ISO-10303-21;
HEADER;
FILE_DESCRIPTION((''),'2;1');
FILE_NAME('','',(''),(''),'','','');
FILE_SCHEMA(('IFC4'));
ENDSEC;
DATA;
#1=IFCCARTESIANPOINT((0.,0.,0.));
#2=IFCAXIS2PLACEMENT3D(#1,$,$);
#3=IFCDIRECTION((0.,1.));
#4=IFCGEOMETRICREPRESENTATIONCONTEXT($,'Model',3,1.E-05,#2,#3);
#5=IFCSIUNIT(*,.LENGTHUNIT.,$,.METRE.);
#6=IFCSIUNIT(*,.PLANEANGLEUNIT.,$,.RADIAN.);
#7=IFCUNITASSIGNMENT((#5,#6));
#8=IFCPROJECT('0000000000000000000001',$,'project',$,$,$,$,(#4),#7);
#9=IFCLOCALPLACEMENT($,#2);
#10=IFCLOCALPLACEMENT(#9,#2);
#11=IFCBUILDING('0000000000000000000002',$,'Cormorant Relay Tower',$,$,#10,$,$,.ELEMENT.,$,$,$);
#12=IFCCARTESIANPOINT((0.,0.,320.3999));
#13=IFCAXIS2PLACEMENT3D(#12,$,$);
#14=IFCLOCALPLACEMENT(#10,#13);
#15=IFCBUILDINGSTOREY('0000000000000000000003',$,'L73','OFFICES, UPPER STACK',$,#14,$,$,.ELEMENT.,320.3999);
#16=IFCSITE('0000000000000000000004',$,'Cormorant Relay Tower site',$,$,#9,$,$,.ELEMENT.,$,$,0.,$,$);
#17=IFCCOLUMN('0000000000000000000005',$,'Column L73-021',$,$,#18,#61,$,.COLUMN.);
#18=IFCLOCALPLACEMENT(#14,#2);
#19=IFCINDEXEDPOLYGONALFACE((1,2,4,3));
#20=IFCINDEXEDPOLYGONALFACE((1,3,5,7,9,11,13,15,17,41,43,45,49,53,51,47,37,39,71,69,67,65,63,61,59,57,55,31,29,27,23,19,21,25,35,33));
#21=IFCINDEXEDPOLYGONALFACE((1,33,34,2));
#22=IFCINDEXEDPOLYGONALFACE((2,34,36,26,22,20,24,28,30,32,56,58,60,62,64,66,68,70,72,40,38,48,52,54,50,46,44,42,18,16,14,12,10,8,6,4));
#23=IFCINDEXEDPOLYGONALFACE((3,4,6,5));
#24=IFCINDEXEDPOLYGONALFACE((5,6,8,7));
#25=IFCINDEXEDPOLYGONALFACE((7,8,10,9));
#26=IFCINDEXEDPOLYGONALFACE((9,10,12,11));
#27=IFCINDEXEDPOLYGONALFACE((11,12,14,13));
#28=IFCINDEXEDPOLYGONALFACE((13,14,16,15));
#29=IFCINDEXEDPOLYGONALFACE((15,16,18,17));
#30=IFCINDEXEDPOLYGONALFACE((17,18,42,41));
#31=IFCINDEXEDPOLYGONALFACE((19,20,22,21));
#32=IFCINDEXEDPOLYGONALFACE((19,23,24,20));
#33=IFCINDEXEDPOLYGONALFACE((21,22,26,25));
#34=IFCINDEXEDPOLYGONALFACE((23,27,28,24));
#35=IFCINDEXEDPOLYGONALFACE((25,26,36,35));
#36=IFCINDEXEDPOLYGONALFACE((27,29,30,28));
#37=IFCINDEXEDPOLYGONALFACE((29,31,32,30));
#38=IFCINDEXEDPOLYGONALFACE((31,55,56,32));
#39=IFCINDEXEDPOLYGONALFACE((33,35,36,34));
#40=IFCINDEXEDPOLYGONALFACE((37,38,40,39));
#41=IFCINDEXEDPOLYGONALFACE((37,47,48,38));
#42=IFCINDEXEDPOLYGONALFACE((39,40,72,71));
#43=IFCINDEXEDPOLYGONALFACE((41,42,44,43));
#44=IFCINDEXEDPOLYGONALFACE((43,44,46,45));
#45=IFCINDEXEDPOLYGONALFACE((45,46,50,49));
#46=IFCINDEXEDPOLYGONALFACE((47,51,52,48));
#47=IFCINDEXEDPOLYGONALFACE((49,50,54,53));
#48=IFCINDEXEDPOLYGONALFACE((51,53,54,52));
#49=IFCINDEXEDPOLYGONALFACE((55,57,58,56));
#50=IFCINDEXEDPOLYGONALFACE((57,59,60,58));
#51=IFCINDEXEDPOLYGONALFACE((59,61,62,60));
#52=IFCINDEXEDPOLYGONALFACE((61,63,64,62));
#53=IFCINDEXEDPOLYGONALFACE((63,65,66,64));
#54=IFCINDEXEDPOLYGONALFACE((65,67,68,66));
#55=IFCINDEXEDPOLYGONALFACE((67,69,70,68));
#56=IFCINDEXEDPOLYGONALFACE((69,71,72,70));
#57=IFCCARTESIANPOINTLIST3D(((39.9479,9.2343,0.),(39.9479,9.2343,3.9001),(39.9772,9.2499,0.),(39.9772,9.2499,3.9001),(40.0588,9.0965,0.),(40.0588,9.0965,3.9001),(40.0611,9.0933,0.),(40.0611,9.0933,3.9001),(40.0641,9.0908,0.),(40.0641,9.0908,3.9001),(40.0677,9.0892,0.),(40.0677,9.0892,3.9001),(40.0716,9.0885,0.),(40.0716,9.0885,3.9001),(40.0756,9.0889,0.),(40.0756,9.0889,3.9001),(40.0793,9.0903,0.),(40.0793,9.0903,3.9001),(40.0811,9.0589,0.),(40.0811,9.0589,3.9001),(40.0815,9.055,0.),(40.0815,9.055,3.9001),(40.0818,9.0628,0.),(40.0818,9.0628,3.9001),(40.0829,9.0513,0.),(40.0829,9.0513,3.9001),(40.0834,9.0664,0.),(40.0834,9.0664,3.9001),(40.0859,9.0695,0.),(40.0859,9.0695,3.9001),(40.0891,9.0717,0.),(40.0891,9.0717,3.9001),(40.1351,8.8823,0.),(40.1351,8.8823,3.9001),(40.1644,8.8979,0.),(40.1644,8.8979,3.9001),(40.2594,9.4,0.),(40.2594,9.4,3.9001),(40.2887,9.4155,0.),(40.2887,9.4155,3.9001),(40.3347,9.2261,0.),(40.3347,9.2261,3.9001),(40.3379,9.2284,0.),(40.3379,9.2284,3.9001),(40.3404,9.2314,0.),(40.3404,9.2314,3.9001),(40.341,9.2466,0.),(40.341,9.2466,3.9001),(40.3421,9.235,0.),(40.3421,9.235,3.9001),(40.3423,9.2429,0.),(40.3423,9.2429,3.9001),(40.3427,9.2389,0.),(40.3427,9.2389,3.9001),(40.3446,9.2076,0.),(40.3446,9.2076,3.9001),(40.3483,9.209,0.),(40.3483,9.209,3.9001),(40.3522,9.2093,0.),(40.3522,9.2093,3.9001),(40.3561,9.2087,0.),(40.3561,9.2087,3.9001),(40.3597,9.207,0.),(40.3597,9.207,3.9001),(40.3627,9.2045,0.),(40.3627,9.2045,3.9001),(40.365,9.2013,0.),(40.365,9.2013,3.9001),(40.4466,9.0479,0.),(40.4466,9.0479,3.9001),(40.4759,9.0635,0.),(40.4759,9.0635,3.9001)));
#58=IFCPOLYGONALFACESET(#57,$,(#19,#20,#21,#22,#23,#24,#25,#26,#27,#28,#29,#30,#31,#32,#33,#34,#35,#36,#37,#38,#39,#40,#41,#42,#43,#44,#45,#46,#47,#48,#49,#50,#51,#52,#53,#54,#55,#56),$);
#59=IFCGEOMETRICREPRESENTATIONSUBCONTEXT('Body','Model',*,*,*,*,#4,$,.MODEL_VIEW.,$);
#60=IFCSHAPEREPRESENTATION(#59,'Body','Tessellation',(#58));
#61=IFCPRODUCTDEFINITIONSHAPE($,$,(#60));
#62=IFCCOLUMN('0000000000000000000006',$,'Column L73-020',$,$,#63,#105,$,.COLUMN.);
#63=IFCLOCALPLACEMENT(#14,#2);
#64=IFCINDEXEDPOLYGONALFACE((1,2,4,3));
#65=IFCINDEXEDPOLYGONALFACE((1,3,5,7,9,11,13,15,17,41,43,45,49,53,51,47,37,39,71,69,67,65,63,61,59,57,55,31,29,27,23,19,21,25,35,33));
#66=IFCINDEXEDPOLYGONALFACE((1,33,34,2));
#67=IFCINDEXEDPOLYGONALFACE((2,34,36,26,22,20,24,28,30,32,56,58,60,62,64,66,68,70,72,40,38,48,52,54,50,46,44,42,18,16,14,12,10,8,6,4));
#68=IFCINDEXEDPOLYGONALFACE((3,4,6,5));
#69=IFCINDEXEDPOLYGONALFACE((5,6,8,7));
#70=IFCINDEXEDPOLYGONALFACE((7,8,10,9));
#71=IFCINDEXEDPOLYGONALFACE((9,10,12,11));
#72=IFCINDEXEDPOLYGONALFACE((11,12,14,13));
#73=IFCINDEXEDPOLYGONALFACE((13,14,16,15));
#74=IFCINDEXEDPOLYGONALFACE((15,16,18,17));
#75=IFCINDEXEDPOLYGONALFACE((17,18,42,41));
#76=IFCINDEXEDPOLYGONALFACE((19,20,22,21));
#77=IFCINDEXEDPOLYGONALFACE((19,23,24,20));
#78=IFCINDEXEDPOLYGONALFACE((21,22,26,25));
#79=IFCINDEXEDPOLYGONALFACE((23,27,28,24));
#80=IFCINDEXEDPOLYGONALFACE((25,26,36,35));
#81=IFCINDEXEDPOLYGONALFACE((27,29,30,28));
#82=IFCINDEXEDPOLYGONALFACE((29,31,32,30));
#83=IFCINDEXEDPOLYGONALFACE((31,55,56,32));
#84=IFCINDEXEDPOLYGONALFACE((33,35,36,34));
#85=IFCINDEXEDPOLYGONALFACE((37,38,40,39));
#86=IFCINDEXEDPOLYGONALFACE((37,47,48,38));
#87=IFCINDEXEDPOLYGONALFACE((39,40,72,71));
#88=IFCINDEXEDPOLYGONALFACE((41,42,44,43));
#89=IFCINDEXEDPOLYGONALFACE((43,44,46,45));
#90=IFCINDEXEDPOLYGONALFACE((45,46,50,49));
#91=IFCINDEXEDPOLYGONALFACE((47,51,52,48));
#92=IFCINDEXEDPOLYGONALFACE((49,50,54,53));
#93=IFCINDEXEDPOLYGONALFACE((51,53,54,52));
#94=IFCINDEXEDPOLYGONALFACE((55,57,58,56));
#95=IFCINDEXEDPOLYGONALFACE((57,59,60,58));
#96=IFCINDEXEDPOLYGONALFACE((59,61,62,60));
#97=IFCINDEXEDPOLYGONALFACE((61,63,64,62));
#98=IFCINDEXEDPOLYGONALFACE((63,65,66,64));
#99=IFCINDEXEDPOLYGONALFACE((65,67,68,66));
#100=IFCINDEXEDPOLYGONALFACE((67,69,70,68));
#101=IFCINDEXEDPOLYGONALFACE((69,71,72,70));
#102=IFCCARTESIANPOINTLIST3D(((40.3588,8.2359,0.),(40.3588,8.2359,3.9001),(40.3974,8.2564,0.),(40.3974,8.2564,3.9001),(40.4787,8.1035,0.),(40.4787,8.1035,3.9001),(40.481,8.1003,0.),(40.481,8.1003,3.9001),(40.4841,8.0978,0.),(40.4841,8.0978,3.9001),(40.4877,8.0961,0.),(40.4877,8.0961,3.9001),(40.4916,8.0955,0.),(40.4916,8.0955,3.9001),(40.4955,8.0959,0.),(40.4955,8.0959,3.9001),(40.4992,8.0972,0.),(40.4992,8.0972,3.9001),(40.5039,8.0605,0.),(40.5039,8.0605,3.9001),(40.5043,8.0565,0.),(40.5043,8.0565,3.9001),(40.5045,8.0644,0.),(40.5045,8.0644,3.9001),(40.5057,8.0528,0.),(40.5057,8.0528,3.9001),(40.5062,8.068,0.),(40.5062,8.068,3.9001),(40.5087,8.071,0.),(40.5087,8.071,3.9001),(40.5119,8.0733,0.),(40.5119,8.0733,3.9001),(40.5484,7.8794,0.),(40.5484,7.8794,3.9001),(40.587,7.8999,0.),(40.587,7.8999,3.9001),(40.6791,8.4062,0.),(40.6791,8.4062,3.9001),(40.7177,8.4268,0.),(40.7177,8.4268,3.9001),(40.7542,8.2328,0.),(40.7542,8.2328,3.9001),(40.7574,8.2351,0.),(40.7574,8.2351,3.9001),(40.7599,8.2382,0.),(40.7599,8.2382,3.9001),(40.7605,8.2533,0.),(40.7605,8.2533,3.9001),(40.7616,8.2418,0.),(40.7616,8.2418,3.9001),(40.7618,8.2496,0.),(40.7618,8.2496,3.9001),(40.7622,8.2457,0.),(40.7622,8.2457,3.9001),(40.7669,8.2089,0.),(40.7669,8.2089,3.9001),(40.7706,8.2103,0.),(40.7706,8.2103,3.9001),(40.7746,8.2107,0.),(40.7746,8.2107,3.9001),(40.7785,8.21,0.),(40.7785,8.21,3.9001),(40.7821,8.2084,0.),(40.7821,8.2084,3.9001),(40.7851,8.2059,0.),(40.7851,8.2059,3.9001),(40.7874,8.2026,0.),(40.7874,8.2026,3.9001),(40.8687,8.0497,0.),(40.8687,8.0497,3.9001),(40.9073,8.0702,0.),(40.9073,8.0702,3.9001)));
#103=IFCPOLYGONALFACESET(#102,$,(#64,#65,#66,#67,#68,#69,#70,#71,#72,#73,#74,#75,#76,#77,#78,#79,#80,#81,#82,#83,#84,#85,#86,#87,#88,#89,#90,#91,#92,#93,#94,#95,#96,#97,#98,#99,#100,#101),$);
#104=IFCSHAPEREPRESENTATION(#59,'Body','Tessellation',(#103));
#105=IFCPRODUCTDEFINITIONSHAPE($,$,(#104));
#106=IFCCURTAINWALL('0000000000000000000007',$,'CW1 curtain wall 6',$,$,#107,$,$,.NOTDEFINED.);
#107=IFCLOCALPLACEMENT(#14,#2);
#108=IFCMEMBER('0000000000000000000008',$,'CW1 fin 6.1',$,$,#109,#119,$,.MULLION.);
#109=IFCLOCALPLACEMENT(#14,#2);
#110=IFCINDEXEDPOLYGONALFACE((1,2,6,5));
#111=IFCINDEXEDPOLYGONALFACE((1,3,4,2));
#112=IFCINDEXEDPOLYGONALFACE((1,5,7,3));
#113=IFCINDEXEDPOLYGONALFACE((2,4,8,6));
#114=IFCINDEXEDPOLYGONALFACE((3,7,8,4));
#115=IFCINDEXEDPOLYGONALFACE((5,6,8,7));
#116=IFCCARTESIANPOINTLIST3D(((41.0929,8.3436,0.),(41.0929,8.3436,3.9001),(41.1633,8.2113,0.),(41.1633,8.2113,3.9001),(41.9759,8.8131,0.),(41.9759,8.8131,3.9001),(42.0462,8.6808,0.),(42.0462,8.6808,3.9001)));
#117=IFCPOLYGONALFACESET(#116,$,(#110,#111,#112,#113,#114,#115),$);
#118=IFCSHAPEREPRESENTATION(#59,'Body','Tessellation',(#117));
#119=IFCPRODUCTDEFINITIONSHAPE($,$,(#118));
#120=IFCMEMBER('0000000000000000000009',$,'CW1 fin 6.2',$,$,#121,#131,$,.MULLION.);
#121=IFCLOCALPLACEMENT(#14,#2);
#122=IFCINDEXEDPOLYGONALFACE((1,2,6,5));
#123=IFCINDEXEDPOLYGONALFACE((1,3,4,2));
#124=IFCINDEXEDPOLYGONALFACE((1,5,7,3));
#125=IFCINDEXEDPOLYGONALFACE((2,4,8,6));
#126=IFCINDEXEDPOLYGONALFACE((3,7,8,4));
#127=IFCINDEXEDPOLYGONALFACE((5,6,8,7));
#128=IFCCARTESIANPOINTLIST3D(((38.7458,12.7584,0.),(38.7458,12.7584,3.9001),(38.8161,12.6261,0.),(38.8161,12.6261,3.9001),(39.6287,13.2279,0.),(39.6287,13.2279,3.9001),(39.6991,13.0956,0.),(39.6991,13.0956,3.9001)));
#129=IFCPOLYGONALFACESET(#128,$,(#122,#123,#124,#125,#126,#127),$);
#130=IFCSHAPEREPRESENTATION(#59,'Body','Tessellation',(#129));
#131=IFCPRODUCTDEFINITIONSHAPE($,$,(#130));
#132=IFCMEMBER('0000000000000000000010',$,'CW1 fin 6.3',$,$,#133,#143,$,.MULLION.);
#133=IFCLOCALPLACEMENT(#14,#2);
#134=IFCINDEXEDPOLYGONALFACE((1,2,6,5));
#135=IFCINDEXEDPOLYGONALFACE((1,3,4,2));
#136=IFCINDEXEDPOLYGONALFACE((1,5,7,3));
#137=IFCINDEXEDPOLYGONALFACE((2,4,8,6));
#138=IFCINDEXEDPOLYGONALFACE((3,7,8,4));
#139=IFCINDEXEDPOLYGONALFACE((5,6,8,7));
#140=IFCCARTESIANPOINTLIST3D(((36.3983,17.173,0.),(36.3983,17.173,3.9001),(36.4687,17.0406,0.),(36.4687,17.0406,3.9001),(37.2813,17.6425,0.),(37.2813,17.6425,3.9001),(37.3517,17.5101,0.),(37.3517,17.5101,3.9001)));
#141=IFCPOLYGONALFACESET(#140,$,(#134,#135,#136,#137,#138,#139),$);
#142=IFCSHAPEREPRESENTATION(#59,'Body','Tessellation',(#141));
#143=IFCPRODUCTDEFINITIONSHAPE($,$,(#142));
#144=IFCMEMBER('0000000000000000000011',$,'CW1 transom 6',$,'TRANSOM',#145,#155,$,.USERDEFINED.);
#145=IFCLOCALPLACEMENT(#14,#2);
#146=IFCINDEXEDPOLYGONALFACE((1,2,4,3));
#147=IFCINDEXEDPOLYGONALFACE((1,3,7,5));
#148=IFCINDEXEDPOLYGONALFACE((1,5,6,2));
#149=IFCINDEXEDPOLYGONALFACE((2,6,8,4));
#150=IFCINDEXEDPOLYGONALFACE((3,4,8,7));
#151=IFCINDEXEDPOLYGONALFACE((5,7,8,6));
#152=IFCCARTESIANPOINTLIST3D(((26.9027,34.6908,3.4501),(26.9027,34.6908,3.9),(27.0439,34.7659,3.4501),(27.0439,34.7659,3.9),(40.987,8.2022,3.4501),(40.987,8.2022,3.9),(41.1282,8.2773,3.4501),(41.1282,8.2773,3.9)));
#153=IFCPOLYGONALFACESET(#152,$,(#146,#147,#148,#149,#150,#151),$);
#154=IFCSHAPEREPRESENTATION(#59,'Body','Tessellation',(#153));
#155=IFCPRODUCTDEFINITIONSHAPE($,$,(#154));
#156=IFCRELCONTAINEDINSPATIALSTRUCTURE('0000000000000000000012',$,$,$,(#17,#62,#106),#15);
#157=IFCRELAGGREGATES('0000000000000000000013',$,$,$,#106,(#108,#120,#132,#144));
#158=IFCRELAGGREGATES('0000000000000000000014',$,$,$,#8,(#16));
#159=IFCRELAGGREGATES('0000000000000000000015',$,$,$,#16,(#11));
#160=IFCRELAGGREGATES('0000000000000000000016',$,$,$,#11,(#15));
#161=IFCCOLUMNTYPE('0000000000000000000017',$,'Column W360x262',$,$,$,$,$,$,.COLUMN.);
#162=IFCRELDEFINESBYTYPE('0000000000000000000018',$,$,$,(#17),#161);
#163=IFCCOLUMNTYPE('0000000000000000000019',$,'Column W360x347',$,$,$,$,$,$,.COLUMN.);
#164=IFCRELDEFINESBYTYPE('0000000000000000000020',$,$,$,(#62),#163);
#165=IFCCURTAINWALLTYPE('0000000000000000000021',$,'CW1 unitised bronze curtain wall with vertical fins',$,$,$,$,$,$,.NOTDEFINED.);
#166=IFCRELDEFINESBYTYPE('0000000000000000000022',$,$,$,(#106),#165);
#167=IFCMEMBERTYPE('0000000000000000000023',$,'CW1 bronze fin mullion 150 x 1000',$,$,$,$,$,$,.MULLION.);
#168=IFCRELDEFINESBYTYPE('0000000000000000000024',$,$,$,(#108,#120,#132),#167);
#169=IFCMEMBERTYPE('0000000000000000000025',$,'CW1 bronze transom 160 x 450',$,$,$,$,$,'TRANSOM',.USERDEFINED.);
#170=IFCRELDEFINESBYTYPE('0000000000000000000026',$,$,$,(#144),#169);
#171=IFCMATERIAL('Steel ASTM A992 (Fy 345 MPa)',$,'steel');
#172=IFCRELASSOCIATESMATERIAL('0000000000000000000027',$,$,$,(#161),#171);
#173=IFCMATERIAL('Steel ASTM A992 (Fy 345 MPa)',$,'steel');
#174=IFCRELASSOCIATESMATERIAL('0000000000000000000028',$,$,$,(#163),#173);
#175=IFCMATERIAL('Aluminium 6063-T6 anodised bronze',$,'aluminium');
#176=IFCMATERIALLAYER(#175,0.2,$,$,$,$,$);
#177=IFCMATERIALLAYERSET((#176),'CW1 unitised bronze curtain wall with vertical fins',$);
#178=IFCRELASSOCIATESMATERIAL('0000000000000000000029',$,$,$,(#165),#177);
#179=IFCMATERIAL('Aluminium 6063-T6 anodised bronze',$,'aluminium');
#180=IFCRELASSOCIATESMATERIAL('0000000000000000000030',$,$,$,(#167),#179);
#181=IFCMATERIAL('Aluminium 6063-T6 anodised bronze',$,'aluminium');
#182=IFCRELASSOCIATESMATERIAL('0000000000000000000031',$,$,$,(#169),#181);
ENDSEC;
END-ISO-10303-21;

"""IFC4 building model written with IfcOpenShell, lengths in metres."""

from ifc_helpers import new_model, si_unit, direction, frame, origin, origin_2d, place, context, subcontext, project, spatial, rectangle, i_section, extrude, material, layer, layer_set, material_profile, profile_set, type_object, element, aggregate, save


model = new_model("IFC4")

# Units and contexts
model_context = context("Model", 3, precision=1e-05, world=origin(), true_north=direction((0.0, 1.0)))
body_context = subcontext(model_context, "Body", "Model", "MODEL_VIEW")
ifc_project = project(units=[si_unit("LENGTHUNIT", "METRE"), si_unit("PLANEANGLEUNIT", "RADIAN")], contexts=[model_context])

# Site, building, storey
site_placement = place(None, origin())
site = spatial("IfcSite", under=ifc_project, at=site_placement, Name="Cormorant Relay Tower site", CompositionType="ELEMENT", RefElevation=0.0)
building_placement = place(site_placement, origin())
building = spatial("IfcBuilding", under=site, at=building_placement, Name="Cormorant Relay Tower", CompositionType="ELEMENT")
storey_placement = place(building_placement, frame((0.0, 0.0, 320.3999)))
storey = spatial("IfcBuildingStorey", under=building, at=storey_placement, Name="L73", Description="OFFICES, UPPER STACK", CompositionType="ELEMENT", Elevation=320.3999)

# Columns
ifc_material_1 = material(Name="Steel ASTM A992 (Fy 345 MPa)", Category="steel")
ifc_material_profile_1 = material_profile(ifc_material_1, i_section(OverallWidth=0.3987, OverallDepth=0.386, WebThickness=0.021, FlangeThickness=0.0332, FilletRadius=0.0151, at=origin_2d()), Name="W360x262")
ifc_profile_set_1 = profile_set([ifc_material_profile_1], Name="Steel ASTM A992 (Fy 345 MPa)")
column_type_1 = type_object("IfcColumnType", Name="Column W360x262", PredefinedType="COLUMN", material=ifc_profile_set_1)
column_1_placement = place(storey_placement, frame((40.2119, 9.1489, 0.0), z_axis=(0.0, 0.0, 1.0), x_axis=(-0.469472, 0.882948, 0.0)))
element("IfcColumn", 1, at=column_1_placement, inside=storey, type_object=column_type_1, Name="Column L73-021", PredefinedType="COLUMN", context=body_context, shape_type="SweptSolid", body=[
    extrude(i_section(OverallWidth=0.3987, OverallDepth=0.386, WebThickness=0.021, FlangeThickness=0.0332, FilletRadius=0.0151, at=origin_2d()), origin(), (0.0, 0.0, 1.0), 3.9001),
])
ifc_material_2 = material(Name="Steel ASTM A992 (Fy 345 MPa)", Category="steel")
ifc_material_profile_2 = material_profile(ifc_material_2, i_section(OverallWidth=0.4038, OverallDepth=0.4065, WebThickness=0.0271, FlangeThickness=0.0437, FilletRadius=0.0151, at=origin_2d()), Name="W360x347")
ifc_profile_set_2 = profile_set([ifc_material_profile_2], Name="Steel ASTM A992 (Fy 345 MPa)")
column_type_2 = type_object("IfcColumnType", Name="Column W360x347", PredefinedType="COLUMN", material=ifc_profile_set_2)
column_2_placement = place(storey_placement, frame((40.6331, 8.1531, 0.0), z_axis=(0.0, 0.0, 1.0), x_axis=(-0.469472, 0.882948, 0.0)))
element("IfcColumn", 2, at=column_2_placement, inside=storey, type_object=column_type_2, Name="Column L73-020", PredefinedType="COLUMN", context=body_context, shape_type="SweptSolid", body=[
    extrude(i_section(OverallWidth=0.4038, OverallDepth=0.4065, WebThickness=0.0271, FlangeThickness=0.0437, FilletRadius=0.0151, at=origin_2d()), origin(), (0.0, 0.0, 1.0), 3.9001),
])

# Curtain wall, members
ifc_material_3 = material(Name="Aluminium 6063-T6 anodised bronze", Category="aluminium")
ifc_layer_1 = layer(ifc_material_3, 0.2)
ifc_layer_set_1 = layer_set([ifc_layer_1], Name="CW1 unitised bronze curtain wall with vertical fins")
curtain_wall_type = type_object("IfcCurtainWallType", Name="CW1 unitised bronze curtain wall with vertical fins", PredefinedType="NOTDEFINED", material=ifc_layer_set_1)
curtain_wall_1_placement = place(storey_placement, origin())
curtain_wall_1 = element("IfcCurtainWall", 3, at=curtain_wall_1_placement, inside=storey, type_object=curtain_wall_type, Name="CW1 curtain wall 6", PredefinedType="NOTDEFINED")
ifc_material_4 = material(Name="Aluminium 6063-T6 anodised bronze", Category="aluminium")
ifc_material_profile_3 = material_profile(ifc_material_4, rectangle(XDim=0.1499, YDim=1.0, at=origin_2d()), Name="AL 150x1000")
ifc_profile_set_3 = profile_set([ifc_material_profile_3], Name="Aluminium 6063-T6 anodised bronze")
member_type_1 = type_object("IfcMemberType", Name="CW1 bronze fin mullion 150 x 1000", PredefinedType="MULLION", material=ifc_profile_set_3)
member_1_placement = place(storey_placement, frame((41.5696, 8.5122, 0.0), z_axis=(0.0, 0.0, 1.0), x_axis=(-0.469472, 0.882948, 0.0)))
member_1 = element("IfcMember", 4, at=member_1_placement, type_object=member_type_1, Name="CW1 fin 6.1", PredefinedType="MULLION", context=body_context, shape_type="SweptSolid", body=[
    extrude(rectangle(XDim=0.1499, YDim=1.0, at=origin_2d()), origin(), (0.0, 0.0, 1.0), 3.9001),
])
member_2_placement = place(storey_placement, frame((39.2224, 12.927, 0.0), z_axis=(0.0, 0.0, 1.0), x_axis=(-0.469472, 0.882948, 0.0)))
member_2 = element("IfcMember", 5, at=member_2_placement, type_object=member_type_1, Name="CW1 fin 6.2", PredefinedType="MULLION", context=body_context, shape_type="SweptSolid", body=[
    extrude(rectangle(XDim=0.1499, YDim=1.0, at=origin_2d()), origin(), (0.0, 0.0, 1.0), 3.9001),
])
member_3_placement = place(storey_placement, frame((36.875, 17.3416, 0.0), z_axis=(0.0, 0.0, 1.0), x_axis=(-0.469472, 0.882948, 0.0)))
member_3 = element("IfcMember", 6, at=member_3_placement, type_object=member_type_1, Name="CW1 fin 6.3", PredefinedType="MULLION", context=body_context, shape_type="SweptSolid", body=[
    extrude(rectangle(XDim=0.1499, YDim=1.0, at=origin_2d()), origin(), (0.0, 0.0, 1.0), 3.9001),
])
ifc_material_5 = material(Name="Aluminium 6063-T6 anodised bronze", Category="aluminium")
ifc_material_profile_4 = material_profile(ifc_material_5, rectangle(XDim=0.1599, YDim=0.45, at=origin_2d()), Name="AL 160x450")
ifc_profile_set_4 = profile_set([ifc_material_profile_4], Name="Aluminium 6063-T6 anodised bronze")
member_type_2 = type_object("IfcMemberType", Name="CW1 bronze transom 160 x 450", ElementType="TRANSOM", PredefinedType="USERDEFINED", material=ifc_profile_set_4)
member_4_placement = place(storey_placement, frame((41.0576, 8.2397, 3.675), z_axis=(-0.469472, 0.882947, 0.0), x_axis=(-0.882947, -0.469472, 0.0)))
member_4 = element("IfcMember", 7, at=member_4_placement, type_object=member_type_2, Name="CW1 transom 6", ObjectType="TRANSOM", PredefinedType="USERDEFINED", context=body_context, shape_type="SweptSolid", body=[
    extrude(rectangle(XDim=0.1599, YDim=0.45, at=origin_2d()), origin(), (0.0, 0.0, 1.0), 30.0002),
])

aggregate(curtain_wall_1, [member_1, member_2, member_3, member_4])

save(model, "model.ifc")
